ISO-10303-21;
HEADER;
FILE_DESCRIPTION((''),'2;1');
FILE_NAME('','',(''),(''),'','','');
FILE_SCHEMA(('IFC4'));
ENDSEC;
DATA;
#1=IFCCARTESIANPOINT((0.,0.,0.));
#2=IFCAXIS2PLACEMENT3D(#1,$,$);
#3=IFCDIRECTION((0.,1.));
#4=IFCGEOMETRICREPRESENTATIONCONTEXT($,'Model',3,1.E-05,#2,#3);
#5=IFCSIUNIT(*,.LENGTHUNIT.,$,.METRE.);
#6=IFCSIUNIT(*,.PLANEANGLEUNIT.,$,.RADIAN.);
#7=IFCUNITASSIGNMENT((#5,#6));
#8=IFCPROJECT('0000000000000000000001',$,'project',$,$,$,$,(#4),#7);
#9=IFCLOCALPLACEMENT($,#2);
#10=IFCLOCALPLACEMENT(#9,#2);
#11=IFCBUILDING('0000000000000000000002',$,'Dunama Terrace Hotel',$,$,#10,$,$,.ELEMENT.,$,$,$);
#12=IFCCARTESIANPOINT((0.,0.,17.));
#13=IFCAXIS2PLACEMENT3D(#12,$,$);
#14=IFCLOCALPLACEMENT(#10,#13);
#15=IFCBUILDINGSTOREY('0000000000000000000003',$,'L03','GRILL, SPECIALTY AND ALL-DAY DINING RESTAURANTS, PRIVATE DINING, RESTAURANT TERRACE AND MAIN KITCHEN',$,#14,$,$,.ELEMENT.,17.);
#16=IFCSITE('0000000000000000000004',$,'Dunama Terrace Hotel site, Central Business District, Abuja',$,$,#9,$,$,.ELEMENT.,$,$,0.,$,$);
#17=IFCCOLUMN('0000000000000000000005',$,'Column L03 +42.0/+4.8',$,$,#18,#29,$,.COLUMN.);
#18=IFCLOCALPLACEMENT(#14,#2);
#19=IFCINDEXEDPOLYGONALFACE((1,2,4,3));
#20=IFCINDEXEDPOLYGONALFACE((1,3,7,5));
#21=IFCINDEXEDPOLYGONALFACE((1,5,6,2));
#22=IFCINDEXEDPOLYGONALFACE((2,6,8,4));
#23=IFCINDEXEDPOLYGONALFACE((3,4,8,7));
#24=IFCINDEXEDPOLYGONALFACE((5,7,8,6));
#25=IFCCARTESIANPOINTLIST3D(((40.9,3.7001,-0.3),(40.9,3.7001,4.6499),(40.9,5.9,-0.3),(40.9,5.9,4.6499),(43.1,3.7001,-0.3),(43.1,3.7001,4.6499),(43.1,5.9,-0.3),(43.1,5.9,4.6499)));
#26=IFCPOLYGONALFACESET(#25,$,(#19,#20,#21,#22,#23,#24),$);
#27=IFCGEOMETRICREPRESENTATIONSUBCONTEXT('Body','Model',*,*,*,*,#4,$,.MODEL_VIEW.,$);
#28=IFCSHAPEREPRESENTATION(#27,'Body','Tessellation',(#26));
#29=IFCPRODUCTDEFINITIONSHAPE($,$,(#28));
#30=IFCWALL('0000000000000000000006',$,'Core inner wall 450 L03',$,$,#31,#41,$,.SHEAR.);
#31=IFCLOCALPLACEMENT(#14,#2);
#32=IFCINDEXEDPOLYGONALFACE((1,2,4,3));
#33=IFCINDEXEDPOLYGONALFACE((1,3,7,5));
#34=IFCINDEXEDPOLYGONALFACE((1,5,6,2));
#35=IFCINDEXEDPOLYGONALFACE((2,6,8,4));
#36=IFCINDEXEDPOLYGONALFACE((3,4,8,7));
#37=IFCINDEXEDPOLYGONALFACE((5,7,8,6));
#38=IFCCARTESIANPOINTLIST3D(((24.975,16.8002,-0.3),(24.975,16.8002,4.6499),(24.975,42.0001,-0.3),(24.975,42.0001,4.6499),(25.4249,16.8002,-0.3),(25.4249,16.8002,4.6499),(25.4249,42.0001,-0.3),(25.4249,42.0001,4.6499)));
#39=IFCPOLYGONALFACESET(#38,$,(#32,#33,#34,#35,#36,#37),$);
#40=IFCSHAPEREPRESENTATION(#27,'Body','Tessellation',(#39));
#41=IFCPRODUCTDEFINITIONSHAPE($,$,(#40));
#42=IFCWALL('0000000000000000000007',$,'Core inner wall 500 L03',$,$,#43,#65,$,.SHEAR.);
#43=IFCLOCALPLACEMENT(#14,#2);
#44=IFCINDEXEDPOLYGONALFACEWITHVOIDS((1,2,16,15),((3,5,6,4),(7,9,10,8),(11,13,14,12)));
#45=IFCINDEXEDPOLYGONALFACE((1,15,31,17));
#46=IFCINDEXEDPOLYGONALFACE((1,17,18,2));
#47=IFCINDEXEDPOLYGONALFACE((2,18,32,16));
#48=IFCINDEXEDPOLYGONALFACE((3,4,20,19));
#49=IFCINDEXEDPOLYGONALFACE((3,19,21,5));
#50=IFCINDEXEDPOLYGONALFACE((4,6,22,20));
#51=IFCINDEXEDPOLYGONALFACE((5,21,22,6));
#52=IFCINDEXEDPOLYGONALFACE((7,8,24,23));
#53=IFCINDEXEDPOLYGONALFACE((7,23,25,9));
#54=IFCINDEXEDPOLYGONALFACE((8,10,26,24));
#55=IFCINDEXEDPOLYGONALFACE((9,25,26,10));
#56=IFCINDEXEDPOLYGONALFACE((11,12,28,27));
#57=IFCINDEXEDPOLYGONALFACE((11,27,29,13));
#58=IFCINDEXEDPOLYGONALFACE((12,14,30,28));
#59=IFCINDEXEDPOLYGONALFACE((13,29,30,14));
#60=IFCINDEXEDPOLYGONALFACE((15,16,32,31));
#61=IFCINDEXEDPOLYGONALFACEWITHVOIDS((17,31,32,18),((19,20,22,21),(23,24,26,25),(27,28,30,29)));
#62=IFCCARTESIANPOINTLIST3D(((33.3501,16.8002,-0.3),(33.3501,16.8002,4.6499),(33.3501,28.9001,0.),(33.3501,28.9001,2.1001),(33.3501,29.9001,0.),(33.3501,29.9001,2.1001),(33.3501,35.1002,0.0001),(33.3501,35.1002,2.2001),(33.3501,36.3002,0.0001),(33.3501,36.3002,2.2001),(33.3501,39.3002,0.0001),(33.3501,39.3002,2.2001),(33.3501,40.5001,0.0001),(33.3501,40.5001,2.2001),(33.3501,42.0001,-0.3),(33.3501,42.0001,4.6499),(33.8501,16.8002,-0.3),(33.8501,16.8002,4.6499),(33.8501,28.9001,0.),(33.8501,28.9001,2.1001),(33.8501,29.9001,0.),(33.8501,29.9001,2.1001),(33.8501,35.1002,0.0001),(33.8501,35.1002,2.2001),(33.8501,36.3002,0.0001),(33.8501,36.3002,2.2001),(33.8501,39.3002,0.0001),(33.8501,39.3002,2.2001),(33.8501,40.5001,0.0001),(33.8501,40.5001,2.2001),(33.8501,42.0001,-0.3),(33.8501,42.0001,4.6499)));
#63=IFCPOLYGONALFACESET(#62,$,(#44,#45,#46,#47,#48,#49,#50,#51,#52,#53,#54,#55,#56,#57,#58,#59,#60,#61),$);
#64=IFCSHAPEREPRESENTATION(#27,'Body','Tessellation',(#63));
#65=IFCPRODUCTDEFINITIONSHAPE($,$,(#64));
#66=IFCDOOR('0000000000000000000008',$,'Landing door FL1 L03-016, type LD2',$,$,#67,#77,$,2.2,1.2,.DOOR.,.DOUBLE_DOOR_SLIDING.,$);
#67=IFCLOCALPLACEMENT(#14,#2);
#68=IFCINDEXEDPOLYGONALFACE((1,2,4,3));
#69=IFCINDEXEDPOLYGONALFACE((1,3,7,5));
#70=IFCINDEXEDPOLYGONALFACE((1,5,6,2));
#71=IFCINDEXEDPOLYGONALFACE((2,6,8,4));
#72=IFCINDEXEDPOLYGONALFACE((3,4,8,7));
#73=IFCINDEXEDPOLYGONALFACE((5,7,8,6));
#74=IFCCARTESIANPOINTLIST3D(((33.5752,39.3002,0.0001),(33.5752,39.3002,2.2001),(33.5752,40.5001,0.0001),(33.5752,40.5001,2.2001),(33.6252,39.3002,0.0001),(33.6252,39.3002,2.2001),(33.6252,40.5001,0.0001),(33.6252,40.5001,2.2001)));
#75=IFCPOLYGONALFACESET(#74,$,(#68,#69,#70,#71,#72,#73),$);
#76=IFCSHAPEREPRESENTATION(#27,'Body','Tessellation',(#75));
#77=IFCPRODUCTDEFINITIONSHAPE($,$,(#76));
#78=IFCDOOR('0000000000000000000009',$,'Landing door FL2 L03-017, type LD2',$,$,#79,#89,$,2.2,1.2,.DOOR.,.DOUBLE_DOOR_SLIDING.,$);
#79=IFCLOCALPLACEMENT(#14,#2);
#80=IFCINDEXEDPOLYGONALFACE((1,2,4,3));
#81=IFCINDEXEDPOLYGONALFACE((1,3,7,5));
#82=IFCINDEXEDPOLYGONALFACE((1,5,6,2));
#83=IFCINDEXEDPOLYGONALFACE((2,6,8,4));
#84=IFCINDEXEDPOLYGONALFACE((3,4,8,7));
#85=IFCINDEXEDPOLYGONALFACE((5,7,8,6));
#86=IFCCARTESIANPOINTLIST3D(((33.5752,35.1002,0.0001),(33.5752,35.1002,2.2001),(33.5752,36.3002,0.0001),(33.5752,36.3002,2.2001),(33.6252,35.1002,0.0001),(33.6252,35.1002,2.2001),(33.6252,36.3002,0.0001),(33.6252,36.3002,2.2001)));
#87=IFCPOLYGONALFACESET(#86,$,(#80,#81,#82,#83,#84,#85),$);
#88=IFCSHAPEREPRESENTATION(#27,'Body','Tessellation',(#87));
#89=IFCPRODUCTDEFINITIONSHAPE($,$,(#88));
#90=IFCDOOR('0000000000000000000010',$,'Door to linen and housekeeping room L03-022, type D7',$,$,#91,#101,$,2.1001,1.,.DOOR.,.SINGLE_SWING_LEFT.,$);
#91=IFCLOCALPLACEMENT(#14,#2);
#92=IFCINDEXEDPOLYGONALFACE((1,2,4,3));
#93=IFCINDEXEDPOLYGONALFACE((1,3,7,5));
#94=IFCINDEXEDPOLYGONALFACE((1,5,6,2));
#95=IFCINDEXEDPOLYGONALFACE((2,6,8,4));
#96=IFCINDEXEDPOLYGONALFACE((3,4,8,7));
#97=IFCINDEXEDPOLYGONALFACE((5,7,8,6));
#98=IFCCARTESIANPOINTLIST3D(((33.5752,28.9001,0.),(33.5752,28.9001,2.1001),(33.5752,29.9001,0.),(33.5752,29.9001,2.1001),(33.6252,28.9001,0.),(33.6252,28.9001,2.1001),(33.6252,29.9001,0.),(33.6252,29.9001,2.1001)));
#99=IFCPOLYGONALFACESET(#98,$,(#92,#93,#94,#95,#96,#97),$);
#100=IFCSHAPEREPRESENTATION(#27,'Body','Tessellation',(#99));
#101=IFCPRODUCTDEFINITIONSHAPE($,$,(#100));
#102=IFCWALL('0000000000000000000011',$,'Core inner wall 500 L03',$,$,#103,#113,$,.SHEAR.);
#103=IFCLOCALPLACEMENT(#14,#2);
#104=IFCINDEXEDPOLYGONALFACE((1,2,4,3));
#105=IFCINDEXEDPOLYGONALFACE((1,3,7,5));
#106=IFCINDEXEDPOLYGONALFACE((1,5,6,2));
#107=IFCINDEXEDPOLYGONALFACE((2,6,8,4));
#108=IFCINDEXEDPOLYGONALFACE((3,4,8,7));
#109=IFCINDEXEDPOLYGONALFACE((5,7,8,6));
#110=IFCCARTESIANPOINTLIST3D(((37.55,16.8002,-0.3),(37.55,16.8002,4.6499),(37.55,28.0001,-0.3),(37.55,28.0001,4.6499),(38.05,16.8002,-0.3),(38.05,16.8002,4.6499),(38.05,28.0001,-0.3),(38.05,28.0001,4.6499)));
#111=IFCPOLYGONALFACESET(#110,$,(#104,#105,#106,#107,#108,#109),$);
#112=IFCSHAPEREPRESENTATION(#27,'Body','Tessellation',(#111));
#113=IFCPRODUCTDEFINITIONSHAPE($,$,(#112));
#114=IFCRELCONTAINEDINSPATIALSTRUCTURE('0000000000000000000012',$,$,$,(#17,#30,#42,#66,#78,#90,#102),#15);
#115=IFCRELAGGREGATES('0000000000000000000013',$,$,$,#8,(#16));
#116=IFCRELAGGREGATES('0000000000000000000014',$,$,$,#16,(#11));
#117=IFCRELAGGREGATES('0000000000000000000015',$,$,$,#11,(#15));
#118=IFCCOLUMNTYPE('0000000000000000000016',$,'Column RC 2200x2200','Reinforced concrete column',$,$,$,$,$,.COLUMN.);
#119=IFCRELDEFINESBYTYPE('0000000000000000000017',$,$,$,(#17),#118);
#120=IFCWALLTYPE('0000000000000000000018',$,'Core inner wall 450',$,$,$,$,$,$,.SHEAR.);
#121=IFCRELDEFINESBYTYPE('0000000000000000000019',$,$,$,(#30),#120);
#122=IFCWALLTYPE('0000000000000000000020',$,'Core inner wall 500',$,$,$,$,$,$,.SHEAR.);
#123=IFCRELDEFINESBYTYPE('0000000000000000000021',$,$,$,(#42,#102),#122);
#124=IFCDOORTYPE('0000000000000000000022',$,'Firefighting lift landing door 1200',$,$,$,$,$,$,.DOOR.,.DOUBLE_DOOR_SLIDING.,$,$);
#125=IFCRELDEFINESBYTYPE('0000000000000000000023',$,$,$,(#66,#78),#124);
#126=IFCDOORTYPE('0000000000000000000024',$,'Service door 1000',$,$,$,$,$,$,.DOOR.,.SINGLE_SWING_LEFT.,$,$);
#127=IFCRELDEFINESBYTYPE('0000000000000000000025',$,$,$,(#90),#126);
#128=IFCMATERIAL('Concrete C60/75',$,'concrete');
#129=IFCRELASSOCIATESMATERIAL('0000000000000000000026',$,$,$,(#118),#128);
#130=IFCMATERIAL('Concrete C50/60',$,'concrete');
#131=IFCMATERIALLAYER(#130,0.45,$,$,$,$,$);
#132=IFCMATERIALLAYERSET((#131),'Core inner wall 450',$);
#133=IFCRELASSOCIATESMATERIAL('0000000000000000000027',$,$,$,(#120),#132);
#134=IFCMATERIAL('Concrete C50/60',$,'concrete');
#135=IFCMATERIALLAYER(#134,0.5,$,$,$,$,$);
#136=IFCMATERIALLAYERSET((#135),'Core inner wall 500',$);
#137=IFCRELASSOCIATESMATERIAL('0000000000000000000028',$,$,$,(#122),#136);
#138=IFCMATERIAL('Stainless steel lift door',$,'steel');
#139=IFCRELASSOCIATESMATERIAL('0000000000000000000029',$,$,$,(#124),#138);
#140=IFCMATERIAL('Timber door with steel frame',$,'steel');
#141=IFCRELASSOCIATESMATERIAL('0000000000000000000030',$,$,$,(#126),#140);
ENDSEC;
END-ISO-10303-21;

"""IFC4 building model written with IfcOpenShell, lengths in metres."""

from ifc_helpers import new_model, si_unit, direction, frame, frame_2d, origin, origin_2d, place, context, subcontext, project, spatial, rectangle, extrude, material, layer, layer_set, material_profile, profile_set, type_object, element, fill, save


model = new_model("IFC4")

# Units and contexts
model_context = context("Model", 3, precision=1e-05, world=origin(), true_north=direction((0.0, 1.0)))
body_context = subcontext(model_context, "Body", "Model", "MODEL_VIEW")
ifc_project = project(units=[si_unit("LENGTHUNIT", "METRE"), si_unit("PLANEANGLEUNIT", "RADIAN")], contexts=[model_context])

# Site, building, storey
site_placement = place(None, origin())
site = spatial("IfcSite", under=ifc_project, at=site_placement, Name="Dunama Terrace Hotel site, Central Business District, Abuja", CompositionType="ELEMENT", RefElevation=0.0)
building_placement = place(site_placement, origin())
building = spatial("IfcBuilding", under=site, at=building_placement, Name="Dunama Terrace Hotel", CompositionType="ELEMENT")
storey_placement = place(building_placement, frame((0.0, 0.0, 17.0)))
storey = spatial("IfcBuildingStorey", under=building, at=storey_placement, Name="L03", Description="GRILL, SPECIALTY AND ALL-DAY DINING RESTAURANTS, PRIVATE DINING, RESTAURANT TERRACE AND MAIN KITCHEN", CompositionType="ELEMENT", Elevation=17.0)

# Column
ifc_material_1 = material(Name="Concrete C60/75", Category="concrete")
ifc_material_profile = material_profile(ifc_material_1, rectangle(XDim=2.2, YDim=2.2, at=origin_2d()), Name="RC 2200x2200")
ifc_profile_set = profile_set([ifc_material_profile], Name="Concrete C60/75")
column_type = type_object("IfcColumnType", Name="Column RC 2200x2200", Description="Reinforced concrete column", PredefinedType="COLUMN", material=ifc_profile_set)
column_placement = place(storey_placement, frame((42.0, 4.8, -0.3), z_axis=(0.0, 0.0, 1.0), x_axis=(1.0, 0.0, 0.0)))
element("IfcColumn", 1, at=column_placement, inside=storey, type_object=column_type, Name="Column L03 +42.0/+4.8", PredefinedType="COLUMN", context=body_context, shape_type="SweptSolid", body=[
    extrude(rectangle(XDim=2.2, YDim=2.2, at=origin_2d()), origin(), (0.0, 0.0, 1.0), 4.95),
])

# Wall
ifc_material_2 = material(Name="Concrete C50/60", Category="concrete")
ifc_layer_1 = layer(ifc_material_2, 0.45)
ifc_layer_set_1 = layer_set([ifc_layer_1], Name="Core inner wall 450")
wall_type_1 = type_object("IfcWallType", Name="Core inner wall 450", PredefinedType="SHEAR", material=ifc_layer_set_1)
wall_1_placement = place(storey_placement, frame((25.2, 16.8, -0.3), z_axis=(0.0, 0.0, 1.0), x_axis=(0.0, 1.0, 0.0)))
element("IfcWall", 2, at=wall_1_placement, inside=storey, type_object=wall_type_1, Name="Core inner wall 450 L03", PredefinedType="SHEAR", context=body_context, shape_type="SweptSolid", body=[
    extrude(rectangle(XDim=25.2, YDim=0.45, at=frame_2d((12.6001, 0.0))), origin(), (0.0, 0.0, 1.0), 4.95),
])

# Wall, openings, doors
ifc_material_3 = material(Name="Concrete C50/60", Category="concrete")
ifc_layer_2 = layer(ifc_material_3, 0.5)
ifc_layer_set_2 = layer_set([ifc_layer_2], Name="Core inner wall 500")
wall_type_2 = type_object("IfcWallType", Name="Core inner wall 500", PredefinedType="SHEAR", material=ifc_layer_set_2)
wall_2_placement = place(storey_placement, frame((33.6001, 16.8, -0.3), z_axis=(0.0, 0.0, 1.0), x_axis=(0.0, 1.0, 0.0)))
wall_2 = element("IfcWall", 3, at=wall_2_placement, inside=storey, type_object=wall_type_2, Name="Core inner wall 500 L03", PredefinedType="SHEAR", context=body_context, shape_type="SweptSolid", body=[
    extrude(rectangle(XDim=25.2, YDim=0.5, at=frame_2d((12.6001, 0.0))), origin(), (0.0, 0.0, 1.0), 4.95),
])
opening_1_placement = place(wall_2_placement, frame((22.5, 0.0, 0.3)))
opening_1 = element("IfcOpeningElement", 4, at=opening_1_placement, cuts=wall_2, PredefinedType="OPENING", context=body_context, shape_type="SweptSolid", body=[
    extrude(rectangle(XDim=1.2, YDim=2.2, at=frame_2d((0.6001, 1.1001))), frame((0.0, 0.26, 0.0), z_axis=(0.0, -1.0, 0.0), x_axis=(1.0, 0.0, 0.0)), (0.0, 0.0, 1.0), 0.52),
])
opening_2_placement = place(wall_2_placement, frame((18.3, 0.0, 0.3)))
opening_2 = element("IfcOpeningElement", 5, at=opening_2_placement, cuts=wall_2, PredefinedType="OPENING", context=body_context, shape_type="SweptSolid", body=[
    extrude(rectangle(XDim=1.2, YDim=2.2, at=frame_2d((0.6001, 1.1001))), frame((0.0, 0.26, 0.0), z_axis=(0.0, -1.0, 0.0), x_axis=(1.0, 0.0, 0.0)), (0.0, 0.0, 1.0), 0.52),
])
opening_3_placement = place(wall_2_placement, frame((12.1001, 0.0, 0.3)))
opening_3 = element("IfcOpeningElement", 6, at=opening_3_placement, cuts=wall_2, PredefinedType="OPENING", context=body_context, shape_type="SweptSolid", body=[
    extrude(rectangle(XDim=1.0, YDim=2.1001, at=frame_2d((0.5, 1.05))), frame((0.0, 0.26, 0.0), z_axis=(0.0, -1.0, 0.0), x_axis=(1.0, 0.0, 0.0)), (0.0, 0.0, 1.0), 0.52),
])
ifc_material_4 = material(Name="Stainless steel lift door", Category="steel")
door_type_1 = type_object("IfcDoorType", Name="Firefighting lift landing door 1200", OperationType="DOUBLE_DOOR_SLIDING", PredefinedType="DOOR", material=ifc_material_4)
door_1_placement = place(opening_1_placement, origin())
door_1 = element("IfcDoor", 7, at=door_1_placement, inside=storey, type_object=door_type_1, Name="Landing door FL1 L03-016, type LD2", OperationType="DOUBLE_DOOR_SLIDING", OverallHeight=2.2, OverallWidth=1.2, PredefinedType="DOOR", context=body_context, shape_type="SweptSolid", body=[
    extrude(rectangle(XDim=1.2, YDim=2.2, at=frame_2d((0.6001, 1.1001))), frame((0.0, 0.0249, 0.0), z_axis=(0.0, -1.0, 0.0), x_axis=(1.0, 0.0, 0.0)), (0.0, 0.0, 1.0), 0.05),
])
fill(opening_1, door_1)
door_2_placement = place(opening_2_placement, origin())
door_2 = element("IfcDoor", 8, at=door_2_placement, inside=storey, type_object=door_type_1, Name="Landing door FL2 L03-017, type LD2", OperationType="DOUBLE_DOOR_SLIDING", OverallHeight=2.2, OverallWidth=1.2, PredefinedType="DOOR", context=body_context, shape_type="SweptSolid", body=[
    extrude(rectangle(XDim=1.2, YDim=2.2, at=frame_2d((0.6001, 1.1001))), frame((0.0, 0.0249, 0.0), z_axis=(0.0, -1.0, 0.0), x_axis=(1.0, 0.0, 0.0)), (0.0, 0.0, 1.0), 0.05),
])
fill(opening_2, door_2)
ifc_material_5 = material(Name="Timber door with steel frame", Category="steel")
door_type_2 = type_object("IfcDoorType", Name="Service door 1000", OperationType="SINGLE_SWING_LEFT", PredefinedType="DOOR", material=ifc_material_5)
door_3_placement = place(opening_3_placement, origin())
door_3 = element("IfcDoor", 9, at=door_3_placement, inside=storey, type_object=door_type_2, Name="Door to linen and housekeeping room L03-022, type D7", OperationType="SINGLE_SWING_LEFT", OverallHeight=2.1001, OverallWidth=1.0, PredefinedType="DOOR", context=body_context, shape_type="SweptSolid", body=[
    extrude(rectangle(XDim=1.0, YDim=2.1001, at=frame_2d((0.5, 1.05))), frame((0.0, 0.0249, 0.0), z_axis=(0.0, -1.0, 0.0), x_axis=(1.0, 0.0, 0.0)), (0.0, 0.0, 1.0), 0.05),
])
fill(opening_3, door_3)

# Wall
wall_3_placement = place(storey_placement, frame((37.8, 16.8, -0.3), z_axis=(0.0, 0.0, 1.0), x_axis=(0.0, 1.0, 0.0)))
element("IfcWall", 10, at=wall_3_placement, inside=storey, type_object=wall_type_2, Name="Core inner wall 500 L03", PredefinedType="SHEAR", context=body_context, shape_type="SweptSolid", body=[
    extrude(rectangle(XDim=11.2, YDim=0.5, at=frame_2d((5.6001, 0.0))), origin(), (0.0, 0.0, 1.0), 4.95),
])

save(model, "model.ifc")
